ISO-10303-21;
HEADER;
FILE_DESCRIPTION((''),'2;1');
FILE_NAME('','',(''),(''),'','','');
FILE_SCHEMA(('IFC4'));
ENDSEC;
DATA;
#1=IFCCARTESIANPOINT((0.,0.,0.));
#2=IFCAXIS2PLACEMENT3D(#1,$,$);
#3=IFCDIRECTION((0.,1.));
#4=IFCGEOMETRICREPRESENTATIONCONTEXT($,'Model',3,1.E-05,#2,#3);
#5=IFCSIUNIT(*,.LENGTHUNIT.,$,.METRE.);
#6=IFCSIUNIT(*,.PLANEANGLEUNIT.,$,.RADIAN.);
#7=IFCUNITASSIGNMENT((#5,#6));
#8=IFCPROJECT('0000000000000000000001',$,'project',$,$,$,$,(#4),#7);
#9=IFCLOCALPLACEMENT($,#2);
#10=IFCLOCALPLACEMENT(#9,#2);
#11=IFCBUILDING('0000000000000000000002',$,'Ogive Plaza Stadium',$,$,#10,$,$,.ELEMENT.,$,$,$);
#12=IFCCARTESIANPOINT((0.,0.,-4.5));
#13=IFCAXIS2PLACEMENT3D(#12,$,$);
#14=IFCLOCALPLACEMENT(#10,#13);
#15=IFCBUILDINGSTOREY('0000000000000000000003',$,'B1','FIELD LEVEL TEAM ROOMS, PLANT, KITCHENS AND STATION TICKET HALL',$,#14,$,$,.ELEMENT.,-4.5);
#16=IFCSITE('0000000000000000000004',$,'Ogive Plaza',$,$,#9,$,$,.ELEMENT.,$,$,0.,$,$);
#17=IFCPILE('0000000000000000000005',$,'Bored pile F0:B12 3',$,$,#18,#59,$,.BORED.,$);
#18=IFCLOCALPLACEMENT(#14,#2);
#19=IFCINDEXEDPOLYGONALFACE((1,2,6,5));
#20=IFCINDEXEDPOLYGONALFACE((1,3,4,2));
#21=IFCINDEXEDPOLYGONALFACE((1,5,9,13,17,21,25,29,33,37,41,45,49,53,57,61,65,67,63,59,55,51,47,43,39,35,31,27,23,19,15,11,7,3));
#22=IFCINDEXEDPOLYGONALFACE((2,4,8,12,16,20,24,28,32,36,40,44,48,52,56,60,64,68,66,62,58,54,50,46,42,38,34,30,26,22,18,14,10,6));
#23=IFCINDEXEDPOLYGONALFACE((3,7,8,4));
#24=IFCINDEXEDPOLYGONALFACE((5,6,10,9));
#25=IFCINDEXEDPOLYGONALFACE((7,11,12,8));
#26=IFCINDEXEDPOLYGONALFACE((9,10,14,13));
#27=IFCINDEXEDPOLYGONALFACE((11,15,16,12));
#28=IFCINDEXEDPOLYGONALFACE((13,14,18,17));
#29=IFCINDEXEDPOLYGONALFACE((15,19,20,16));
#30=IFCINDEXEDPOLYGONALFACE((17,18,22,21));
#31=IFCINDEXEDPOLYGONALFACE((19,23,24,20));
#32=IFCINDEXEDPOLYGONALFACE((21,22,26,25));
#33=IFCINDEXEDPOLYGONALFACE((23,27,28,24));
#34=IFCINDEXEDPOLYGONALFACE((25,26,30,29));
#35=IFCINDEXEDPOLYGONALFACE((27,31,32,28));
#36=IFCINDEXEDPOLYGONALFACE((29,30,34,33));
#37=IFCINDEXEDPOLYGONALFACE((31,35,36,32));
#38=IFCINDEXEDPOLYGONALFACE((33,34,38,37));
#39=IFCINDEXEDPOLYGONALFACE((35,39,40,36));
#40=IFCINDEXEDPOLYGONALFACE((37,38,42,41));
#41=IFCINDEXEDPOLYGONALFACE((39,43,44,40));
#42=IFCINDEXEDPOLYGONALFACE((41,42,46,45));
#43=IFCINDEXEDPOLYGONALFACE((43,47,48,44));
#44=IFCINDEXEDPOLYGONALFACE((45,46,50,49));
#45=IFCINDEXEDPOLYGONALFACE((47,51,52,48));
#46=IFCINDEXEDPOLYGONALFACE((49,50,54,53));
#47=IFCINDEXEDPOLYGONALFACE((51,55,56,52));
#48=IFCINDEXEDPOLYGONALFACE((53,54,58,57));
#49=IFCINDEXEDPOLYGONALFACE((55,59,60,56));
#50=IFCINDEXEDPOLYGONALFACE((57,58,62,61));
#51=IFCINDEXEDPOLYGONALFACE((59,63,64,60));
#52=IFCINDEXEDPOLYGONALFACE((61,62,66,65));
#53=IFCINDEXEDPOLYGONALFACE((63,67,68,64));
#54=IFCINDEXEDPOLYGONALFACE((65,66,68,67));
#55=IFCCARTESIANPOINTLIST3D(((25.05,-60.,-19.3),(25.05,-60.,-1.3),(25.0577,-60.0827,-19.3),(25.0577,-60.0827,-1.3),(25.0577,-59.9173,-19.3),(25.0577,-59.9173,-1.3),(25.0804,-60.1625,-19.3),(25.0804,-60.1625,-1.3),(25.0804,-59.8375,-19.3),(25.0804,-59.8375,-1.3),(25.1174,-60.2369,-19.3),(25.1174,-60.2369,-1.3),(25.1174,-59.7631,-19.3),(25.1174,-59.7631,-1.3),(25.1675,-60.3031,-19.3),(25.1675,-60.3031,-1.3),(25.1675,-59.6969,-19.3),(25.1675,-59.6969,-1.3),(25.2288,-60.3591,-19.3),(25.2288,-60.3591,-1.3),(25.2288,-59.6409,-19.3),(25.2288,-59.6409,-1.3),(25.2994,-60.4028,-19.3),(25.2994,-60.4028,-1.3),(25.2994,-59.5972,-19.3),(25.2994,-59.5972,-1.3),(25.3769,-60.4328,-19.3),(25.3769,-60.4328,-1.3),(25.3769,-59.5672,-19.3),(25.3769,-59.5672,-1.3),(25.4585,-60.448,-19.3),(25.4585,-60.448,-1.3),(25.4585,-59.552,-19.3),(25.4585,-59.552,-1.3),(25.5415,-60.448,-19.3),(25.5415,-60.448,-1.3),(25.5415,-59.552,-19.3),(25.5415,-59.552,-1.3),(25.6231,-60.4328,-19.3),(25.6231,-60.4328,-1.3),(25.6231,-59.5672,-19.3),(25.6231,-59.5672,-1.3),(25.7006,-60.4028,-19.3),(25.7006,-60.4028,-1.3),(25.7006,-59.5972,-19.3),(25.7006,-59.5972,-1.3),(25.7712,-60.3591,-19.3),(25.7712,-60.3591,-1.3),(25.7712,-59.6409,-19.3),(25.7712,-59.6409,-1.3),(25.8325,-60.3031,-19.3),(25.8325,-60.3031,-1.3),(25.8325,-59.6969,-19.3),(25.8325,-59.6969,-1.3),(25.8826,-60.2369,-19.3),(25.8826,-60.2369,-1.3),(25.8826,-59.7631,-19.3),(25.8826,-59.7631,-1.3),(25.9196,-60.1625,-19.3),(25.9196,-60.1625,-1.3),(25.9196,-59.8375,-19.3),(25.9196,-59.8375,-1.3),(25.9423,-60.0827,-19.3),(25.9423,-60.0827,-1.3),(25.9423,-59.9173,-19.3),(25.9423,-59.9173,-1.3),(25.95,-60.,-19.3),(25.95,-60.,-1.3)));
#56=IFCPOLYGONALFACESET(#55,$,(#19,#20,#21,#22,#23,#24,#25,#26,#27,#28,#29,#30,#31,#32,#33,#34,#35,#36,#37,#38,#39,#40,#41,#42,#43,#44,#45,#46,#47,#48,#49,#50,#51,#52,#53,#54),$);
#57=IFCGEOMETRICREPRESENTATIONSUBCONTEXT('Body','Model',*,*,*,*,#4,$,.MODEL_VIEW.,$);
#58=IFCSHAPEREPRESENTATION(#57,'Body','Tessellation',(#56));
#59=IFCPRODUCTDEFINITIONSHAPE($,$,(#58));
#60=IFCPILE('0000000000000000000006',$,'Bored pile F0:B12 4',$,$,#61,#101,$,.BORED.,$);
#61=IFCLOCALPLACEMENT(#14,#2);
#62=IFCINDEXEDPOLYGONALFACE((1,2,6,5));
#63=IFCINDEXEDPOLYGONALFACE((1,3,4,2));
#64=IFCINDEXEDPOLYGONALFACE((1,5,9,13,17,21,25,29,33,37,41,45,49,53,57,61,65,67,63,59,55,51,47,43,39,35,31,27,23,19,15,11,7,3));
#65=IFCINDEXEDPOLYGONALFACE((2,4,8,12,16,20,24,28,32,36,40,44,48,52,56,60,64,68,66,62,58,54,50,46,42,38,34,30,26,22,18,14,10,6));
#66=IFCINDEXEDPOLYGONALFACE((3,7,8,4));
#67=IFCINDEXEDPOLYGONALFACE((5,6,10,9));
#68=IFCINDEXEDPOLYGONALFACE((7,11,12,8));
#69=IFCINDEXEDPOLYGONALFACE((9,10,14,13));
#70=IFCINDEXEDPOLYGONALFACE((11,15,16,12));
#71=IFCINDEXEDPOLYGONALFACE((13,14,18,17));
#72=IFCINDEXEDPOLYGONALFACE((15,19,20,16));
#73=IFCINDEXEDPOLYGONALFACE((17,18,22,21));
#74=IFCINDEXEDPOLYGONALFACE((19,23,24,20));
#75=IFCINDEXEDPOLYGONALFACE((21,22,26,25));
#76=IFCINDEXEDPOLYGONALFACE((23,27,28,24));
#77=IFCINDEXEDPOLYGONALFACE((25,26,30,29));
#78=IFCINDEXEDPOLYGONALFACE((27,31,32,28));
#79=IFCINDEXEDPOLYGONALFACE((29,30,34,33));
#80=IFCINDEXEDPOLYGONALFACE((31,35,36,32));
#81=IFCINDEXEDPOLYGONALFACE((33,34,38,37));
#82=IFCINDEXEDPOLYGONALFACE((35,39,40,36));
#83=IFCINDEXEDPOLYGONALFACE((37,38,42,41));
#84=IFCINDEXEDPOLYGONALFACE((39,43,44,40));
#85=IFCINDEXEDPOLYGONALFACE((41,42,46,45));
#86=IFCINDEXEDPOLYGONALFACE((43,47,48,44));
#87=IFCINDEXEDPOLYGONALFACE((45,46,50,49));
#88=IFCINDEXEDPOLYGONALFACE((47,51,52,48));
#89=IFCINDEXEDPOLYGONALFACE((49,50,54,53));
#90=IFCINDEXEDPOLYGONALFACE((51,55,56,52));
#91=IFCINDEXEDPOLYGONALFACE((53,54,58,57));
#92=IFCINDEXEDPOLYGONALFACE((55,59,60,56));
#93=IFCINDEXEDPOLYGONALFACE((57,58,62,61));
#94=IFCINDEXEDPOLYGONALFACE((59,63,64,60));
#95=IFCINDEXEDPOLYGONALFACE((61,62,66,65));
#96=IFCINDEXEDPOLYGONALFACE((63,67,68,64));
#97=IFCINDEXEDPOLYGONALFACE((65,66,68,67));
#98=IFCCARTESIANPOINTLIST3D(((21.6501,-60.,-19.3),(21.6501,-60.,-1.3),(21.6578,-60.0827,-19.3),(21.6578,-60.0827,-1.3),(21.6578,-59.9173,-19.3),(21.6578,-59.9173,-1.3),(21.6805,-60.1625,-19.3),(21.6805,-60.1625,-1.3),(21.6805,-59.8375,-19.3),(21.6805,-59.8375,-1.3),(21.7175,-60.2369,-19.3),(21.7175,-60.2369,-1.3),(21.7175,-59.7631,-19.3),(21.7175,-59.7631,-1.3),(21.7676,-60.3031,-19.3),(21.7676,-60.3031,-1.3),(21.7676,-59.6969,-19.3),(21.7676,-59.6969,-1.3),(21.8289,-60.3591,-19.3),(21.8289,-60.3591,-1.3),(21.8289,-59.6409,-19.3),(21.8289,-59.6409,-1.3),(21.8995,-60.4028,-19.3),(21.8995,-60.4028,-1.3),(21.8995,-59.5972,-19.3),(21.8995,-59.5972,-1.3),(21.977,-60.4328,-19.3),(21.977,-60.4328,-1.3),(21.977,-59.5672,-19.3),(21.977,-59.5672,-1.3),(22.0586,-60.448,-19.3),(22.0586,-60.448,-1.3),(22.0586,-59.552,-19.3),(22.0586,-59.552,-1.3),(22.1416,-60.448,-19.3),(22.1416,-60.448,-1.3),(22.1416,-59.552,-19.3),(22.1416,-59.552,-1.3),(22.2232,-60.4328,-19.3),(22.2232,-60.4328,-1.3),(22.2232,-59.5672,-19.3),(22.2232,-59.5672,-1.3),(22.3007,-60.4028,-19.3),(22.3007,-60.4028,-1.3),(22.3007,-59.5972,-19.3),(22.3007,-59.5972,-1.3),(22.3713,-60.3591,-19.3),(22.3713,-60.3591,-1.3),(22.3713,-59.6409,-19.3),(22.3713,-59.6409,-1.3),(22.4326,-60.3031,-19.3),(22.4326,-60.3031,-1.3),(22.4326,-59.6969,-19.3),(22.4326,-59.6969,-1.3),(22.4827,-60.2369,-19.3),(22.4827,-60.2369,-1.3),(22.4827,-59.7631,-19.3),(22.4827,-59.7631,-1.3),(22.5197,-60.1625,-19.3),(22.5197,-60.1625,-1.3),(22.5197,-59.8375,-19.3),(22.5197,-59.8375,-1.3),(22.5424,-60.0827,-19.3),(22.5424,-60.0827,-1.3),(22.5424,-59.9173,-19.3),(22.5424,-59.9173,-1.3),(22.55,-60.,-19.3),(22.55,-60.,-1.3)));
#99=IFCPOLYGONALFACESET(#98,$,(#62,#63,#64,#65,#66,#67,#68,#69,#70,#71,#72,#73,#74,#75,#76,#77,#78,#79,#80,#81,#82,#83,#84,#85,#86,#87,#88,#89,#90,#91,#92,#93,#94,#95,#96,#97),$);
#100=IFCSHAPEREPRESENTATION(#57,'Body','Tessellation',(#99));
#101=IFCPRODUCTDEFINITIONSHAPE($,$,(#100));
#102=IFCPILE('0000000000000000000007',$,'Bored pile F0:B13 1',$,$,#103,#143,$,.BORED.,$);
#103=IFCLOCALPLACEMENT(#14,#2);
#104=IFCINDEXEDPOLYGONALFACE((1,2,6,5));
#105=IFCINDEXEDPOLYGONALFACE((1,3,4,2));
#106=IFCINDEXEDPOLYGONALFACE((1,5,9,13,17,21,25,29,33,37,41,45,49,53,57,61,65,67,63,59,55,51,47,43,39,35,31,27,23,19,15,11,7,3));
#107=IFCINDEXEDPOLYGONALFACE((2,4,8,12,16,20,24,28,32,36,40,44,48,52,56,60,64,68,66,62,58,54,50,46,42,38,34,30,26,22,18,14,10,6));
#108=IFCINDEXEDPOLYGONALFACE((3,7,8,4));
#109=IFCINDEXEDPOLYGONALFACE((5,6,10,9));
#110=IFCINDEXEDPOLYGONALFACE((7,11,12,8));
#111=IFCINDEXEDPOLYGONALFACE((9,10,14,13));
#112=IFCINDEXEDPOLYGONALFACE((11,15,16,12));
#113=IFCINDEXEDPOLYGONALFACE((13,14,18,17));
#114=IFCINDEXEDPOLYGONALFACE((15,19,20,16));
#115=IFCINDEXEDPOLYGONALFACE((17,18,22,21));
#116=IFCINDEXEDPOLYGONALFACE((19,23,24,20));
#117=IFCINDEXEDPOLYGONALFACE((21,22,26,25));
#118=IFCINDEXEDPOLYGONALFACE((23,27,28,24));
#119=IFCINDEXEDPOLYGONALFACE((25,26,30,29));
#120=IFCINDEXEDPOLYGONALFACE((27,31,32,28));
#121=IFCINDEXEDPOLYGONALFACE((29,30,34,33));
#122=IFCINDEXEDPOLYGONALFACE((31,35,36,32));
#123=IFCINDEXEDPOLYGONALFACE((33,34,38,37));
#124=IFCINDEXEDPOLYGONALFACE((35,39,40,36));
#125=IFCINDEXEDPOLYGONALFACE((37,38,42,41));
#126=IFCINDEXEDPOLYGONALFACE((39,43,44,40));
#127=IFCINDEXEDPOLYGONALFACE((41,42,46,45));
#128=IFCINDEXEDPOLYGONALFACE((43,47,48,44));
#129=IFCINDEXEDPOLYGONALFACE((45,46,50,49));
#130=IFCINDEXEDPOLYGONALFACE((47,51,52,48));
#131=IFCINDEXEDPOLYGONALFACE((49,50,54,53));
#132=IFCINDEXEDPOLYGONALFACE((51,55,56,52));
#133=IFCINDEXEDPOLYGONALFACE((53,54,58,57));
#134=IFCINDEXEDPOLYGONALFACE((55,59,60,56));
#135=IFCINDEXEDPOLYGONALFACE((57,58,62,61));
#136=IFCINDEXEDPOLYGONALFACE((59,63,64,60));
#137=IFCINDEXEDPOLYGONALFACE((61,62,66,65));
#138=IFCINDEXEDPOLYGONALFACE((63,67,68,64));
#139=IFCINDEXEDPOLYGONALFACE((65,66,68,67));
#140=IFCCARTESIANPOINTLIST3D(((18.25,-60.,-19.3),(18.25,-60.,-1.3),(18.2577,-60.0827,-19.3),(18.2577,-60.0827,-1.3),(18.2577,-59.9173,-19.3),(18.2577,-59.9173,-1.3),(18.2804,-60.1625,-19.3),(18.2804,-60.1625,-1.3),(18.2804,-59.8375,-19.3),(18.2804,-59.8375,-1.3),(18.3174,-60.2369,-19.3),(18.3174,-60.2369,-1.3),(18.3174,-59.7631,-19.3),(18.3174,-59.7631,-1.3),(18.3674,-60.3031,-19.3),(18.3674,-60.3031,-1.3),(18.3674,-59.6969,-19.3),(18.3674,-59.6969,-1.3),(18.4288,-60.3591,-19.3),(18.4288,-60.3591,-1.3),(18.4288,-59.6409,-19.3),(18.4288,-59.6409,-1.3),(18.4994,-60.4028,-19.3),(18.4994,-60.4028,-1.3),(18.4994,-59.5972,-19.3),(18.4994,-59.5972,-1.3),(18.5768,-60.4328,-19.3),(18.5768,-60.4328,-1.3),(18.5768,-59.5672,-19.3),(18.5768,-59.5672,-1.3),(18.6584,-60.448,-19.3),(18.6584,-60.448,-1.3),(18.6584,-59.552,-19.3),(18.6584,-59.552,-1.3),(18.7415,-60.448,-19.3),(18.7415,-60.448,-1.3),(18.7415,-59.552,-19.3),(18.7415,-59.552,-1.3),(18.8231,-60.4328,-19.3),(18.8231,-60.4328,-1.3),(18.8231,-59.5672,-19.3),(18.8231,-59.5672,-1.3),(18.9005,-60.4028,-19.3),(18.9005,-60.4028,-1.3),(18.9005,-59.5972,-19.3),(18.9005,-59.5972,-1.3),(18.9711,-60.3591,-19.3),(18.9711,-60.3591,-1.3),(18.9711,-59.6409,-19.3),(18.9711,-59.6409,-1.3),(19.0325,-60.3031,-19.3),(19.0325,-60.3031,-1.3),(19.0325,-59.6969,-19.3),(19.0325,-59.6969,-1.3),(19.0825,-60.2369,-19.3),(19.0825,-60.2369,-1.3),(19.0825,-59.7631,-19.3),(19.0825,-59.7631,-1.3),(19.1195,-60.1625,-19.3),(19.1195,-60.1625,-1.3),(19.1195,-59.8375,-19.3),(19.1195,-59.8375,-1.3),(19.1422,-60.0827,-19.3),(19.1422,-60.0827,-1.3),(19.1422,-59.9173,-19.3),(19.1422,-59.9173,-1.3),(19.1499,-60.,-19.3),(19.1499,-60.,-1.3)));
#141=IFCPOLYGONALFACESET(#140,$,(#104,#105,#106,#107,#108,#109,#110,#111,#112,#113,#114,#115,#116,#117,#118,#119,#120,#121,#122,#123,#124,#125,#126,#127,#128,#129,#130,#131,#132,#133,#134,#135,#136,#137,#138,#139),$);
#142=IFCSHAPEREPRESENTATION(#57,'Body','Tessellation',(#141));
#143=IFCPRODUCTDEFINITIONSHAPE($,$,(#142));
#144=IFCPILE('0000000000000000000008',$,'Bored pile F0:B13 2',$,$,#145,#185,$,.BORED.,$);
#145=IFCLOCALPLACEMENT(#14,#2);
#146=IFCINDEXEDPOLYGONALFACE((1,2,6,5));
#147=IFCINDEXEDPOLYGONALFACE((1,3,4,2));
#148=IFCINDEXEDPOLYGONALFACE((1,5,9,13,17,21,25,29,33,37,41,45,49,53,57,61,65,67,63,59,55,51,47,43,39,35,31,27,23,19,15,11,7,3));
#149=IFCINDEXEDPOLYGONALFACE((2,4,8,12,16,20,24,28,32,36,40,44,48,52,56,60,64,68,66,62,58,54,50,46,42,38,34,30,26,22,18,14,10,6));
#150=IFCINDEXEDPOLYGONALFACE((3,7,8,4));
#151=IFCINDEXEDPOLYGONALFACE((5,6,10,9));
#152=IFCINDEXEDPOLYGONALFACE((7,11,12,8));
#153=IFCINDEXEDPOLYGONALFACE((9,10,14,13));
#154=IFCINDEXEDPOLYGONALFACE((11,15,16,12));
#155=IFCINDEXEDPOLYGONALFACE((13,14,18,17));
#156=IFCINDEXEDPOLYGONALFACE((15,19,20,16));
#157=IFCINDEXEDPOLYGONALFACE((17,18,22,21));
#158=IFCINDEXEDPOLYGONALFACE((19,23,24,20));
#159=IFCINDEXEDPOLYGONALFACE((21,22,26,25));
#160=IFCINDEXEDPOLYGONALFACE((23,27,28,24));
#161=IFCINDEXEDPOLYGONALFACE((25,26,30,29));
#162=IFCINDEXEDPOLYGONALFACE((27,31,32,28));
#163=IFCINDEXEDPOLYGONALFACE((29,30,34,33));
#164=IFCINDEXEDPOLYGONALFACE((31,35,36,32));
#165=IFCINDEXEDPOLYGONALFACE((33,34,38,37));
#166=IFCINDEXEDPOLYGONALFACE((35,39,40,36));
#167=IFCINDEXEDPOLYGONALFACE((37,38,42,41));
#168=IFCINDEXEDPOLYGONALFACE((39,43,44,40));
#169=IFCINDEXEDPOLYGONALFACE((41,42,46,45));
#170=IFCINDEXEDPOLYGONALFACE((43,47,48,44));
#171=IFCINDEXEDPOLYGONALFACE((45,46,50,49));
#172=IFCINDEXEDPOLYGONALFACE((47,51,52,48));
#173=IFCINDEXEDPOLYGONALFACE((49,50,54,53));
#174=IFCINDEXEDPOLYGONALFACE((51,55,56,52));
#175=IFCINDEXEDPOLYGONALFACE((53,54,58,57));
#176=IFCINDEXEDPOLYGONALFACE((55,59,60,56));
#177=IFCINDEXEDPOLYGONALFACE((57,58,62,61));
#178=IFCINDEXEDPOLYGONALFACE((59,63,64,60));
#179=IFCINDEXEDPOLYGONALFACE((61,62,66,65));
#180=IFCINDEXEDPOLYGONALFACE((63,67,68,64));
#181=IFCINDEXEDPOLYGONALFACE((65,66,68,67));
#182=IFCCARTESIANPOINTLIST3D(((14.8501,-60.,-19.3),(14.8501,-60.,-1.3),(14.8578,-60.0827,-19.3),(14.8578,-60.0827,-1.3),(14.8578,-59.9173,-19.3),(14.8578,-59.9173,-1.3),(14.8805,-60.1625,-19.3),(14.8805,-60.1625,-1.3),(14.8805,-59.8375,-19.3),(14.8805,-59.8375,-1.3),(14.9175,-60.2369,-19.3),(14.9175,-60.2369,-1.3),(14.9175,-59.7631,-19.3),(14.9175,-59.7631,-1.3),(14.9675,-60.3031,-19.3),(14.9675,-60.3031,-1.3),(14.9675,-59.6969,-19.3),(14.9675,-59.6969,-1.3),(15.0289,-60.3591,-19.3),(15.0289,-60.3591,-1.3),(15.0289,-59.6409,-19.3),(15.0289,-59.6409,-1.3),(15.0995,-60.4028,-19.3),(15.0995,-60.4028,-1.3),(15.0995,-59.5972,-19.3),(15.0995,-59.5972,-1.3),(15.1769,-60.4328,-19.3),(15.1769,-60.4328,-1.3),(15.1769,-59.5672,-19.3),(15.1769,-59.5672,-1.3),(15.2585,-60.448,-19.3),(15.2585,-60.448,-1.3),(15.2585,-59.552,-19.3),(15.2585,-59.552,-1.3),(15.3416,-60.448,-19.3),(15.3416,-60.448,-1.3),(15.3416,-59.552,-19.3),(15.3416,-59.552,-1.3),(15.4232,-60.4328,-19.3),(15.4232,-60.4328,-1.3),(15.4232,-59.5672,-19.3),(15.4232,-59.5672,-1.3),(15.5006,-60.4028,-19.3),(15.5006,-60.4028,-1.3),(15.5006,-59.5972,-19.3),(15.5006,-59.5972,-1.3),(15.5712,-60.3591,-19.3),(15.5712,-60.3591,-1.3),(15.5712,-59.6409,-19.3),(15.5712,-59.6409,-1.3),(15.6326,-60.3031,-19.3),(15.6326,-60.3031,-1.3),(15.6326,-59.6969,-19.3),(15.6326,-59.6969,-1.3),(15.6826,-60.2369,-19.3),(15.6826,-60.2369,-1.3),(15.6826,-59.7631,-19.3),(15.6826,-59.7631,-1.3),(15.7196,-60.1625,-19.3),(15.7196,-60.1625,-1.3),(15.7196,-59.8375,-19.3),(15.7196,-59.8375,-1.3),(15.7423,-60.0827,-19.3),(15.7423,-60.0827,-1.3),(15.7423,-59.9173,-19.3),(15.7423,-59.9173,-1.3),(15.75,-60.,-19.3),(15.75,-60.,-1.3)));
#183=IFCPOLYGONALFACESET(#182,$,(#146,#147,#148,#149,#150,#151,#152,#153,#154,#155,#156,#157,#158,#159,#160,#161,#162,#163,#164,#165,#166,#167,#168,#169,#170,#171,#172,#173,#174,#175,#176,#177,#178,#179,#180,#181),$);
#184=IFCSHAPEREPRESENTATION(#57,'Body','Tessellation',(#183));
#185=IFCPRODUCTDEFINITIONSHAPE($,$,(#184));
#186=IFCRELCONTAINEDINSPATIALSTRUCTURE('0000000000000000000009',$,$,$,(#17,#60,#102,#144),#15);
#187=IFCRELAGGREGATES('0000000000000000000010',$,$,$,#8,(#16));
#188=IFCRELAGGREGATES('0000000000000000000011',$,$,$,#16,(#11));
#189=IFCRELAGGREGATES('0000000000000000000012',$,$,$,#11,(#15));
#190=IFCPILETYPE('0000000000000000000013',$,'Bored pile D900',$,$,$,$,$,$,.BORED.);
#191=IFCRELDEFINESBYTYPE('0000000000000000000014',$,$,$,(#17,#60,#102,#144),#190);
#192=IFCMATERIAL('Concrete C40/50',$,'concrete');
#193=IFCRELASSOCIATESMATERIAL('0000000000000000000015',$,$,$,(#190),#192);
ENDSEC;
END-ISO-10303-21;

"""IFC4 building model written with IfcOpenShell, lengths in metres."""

from ifc_helpers import new_model, si_unit, direction, frame, origin, origin_2d, place, context, subcontext, project, spatial, circle, extrude, material, material_profile, profile_set, type_object, element, save


model = new_model("IFC4")

# Units and contexts
model_context = context("Model", 3, precision=1e-05, world=origin(), true_north=direction((0.0, 1.0)))
body_context = subcontext(model_context, "Body", "Model", "MODEL_VIEW")
ifc_project = project(units=[si_unit("LENGTHUNIT", "METRE"), si_unit("PLANEANGLEUNIT", "RADIAN")], contexts=[model_context])

# Site, building, storey
site_placement = place(None, origin())
site = spatial("IfcSite", under=ifc_project, at=site_placement, Name="Ogive Plaza", CompositionType="ELEMENT", RefElevation=0.0)
building_placement = place(site_placement, origin())
building = spatial("IfcBuilding", under=site, at=building_placement, Name="Ogive Plaza Stadium", CompositionType="ELEMENT")
storey_placement = place(building_placement, frame((0.0, 0.0, -4.5)))
storey = spatial("IfcBuildingStorey", under=building, at=storey_placement, Name="B1", Description="FIELD LEVEL TEAM ROOMS, PLANT, KITCHENS AND STATION TICKET HALL", CompositionType="ELEMENT", Elevation=-4.5)

# Piles
ifc_material_1 = material(Name="Concrete C40/50", Category="concrete")
ifc_material_profile_1 = material_profile(ifc_material_1, circle(Radius=0.45, at=origin_2d()), Name="RC D900")
ifc_profile_set_1 = profile_set([ifc_material_profile_1], Name="Concrete C40/50")
pile_type = type_object("IfcPileType", Name="Bored pile D900", PredefinedType="BORED", material=ifc_profile_set_1)
for number, where, z_axis, x_axis, name in (
    (1, (25.5, -60.0, -1.3), (0.0, 0.0, -1.0), (1.0, 0.0, 0.0), "Bored pile F0:B12 3"),
    (2, (22.1001, -60.0, -1.3), (0.0, 0.0, -1.0), (1.0, 0.0, 0.0), "Bored pile F0:B12 4"),
    (3, (18.7, -60.0, -1.3), (0.0, 0.0, -1.0), (1.0, 0.0, 0.0), "Bored pile F0:B13 1"),
    (4, (15.3, -60.0, -1.3), (0.0, 0.0, -1.0), (1.0, 0.0, 0.0), "Bored pile F0:B13 2"),
):
    element("IfcPile", number, at=place(storey_placement, frame(where, z_axis=z_axis, x_axis=x_axis)), inside=storey, type_object=pile_type, Name=name, PredefinedType="BORED", context=body_context, shape_type="SweptSolid", body=[
        extrude(circle(Radius=0.45, at=origin_2d()), origin(), (0.0, 0.0, 1.0), 18.0),
    ])

save(model, "model.ifc")
